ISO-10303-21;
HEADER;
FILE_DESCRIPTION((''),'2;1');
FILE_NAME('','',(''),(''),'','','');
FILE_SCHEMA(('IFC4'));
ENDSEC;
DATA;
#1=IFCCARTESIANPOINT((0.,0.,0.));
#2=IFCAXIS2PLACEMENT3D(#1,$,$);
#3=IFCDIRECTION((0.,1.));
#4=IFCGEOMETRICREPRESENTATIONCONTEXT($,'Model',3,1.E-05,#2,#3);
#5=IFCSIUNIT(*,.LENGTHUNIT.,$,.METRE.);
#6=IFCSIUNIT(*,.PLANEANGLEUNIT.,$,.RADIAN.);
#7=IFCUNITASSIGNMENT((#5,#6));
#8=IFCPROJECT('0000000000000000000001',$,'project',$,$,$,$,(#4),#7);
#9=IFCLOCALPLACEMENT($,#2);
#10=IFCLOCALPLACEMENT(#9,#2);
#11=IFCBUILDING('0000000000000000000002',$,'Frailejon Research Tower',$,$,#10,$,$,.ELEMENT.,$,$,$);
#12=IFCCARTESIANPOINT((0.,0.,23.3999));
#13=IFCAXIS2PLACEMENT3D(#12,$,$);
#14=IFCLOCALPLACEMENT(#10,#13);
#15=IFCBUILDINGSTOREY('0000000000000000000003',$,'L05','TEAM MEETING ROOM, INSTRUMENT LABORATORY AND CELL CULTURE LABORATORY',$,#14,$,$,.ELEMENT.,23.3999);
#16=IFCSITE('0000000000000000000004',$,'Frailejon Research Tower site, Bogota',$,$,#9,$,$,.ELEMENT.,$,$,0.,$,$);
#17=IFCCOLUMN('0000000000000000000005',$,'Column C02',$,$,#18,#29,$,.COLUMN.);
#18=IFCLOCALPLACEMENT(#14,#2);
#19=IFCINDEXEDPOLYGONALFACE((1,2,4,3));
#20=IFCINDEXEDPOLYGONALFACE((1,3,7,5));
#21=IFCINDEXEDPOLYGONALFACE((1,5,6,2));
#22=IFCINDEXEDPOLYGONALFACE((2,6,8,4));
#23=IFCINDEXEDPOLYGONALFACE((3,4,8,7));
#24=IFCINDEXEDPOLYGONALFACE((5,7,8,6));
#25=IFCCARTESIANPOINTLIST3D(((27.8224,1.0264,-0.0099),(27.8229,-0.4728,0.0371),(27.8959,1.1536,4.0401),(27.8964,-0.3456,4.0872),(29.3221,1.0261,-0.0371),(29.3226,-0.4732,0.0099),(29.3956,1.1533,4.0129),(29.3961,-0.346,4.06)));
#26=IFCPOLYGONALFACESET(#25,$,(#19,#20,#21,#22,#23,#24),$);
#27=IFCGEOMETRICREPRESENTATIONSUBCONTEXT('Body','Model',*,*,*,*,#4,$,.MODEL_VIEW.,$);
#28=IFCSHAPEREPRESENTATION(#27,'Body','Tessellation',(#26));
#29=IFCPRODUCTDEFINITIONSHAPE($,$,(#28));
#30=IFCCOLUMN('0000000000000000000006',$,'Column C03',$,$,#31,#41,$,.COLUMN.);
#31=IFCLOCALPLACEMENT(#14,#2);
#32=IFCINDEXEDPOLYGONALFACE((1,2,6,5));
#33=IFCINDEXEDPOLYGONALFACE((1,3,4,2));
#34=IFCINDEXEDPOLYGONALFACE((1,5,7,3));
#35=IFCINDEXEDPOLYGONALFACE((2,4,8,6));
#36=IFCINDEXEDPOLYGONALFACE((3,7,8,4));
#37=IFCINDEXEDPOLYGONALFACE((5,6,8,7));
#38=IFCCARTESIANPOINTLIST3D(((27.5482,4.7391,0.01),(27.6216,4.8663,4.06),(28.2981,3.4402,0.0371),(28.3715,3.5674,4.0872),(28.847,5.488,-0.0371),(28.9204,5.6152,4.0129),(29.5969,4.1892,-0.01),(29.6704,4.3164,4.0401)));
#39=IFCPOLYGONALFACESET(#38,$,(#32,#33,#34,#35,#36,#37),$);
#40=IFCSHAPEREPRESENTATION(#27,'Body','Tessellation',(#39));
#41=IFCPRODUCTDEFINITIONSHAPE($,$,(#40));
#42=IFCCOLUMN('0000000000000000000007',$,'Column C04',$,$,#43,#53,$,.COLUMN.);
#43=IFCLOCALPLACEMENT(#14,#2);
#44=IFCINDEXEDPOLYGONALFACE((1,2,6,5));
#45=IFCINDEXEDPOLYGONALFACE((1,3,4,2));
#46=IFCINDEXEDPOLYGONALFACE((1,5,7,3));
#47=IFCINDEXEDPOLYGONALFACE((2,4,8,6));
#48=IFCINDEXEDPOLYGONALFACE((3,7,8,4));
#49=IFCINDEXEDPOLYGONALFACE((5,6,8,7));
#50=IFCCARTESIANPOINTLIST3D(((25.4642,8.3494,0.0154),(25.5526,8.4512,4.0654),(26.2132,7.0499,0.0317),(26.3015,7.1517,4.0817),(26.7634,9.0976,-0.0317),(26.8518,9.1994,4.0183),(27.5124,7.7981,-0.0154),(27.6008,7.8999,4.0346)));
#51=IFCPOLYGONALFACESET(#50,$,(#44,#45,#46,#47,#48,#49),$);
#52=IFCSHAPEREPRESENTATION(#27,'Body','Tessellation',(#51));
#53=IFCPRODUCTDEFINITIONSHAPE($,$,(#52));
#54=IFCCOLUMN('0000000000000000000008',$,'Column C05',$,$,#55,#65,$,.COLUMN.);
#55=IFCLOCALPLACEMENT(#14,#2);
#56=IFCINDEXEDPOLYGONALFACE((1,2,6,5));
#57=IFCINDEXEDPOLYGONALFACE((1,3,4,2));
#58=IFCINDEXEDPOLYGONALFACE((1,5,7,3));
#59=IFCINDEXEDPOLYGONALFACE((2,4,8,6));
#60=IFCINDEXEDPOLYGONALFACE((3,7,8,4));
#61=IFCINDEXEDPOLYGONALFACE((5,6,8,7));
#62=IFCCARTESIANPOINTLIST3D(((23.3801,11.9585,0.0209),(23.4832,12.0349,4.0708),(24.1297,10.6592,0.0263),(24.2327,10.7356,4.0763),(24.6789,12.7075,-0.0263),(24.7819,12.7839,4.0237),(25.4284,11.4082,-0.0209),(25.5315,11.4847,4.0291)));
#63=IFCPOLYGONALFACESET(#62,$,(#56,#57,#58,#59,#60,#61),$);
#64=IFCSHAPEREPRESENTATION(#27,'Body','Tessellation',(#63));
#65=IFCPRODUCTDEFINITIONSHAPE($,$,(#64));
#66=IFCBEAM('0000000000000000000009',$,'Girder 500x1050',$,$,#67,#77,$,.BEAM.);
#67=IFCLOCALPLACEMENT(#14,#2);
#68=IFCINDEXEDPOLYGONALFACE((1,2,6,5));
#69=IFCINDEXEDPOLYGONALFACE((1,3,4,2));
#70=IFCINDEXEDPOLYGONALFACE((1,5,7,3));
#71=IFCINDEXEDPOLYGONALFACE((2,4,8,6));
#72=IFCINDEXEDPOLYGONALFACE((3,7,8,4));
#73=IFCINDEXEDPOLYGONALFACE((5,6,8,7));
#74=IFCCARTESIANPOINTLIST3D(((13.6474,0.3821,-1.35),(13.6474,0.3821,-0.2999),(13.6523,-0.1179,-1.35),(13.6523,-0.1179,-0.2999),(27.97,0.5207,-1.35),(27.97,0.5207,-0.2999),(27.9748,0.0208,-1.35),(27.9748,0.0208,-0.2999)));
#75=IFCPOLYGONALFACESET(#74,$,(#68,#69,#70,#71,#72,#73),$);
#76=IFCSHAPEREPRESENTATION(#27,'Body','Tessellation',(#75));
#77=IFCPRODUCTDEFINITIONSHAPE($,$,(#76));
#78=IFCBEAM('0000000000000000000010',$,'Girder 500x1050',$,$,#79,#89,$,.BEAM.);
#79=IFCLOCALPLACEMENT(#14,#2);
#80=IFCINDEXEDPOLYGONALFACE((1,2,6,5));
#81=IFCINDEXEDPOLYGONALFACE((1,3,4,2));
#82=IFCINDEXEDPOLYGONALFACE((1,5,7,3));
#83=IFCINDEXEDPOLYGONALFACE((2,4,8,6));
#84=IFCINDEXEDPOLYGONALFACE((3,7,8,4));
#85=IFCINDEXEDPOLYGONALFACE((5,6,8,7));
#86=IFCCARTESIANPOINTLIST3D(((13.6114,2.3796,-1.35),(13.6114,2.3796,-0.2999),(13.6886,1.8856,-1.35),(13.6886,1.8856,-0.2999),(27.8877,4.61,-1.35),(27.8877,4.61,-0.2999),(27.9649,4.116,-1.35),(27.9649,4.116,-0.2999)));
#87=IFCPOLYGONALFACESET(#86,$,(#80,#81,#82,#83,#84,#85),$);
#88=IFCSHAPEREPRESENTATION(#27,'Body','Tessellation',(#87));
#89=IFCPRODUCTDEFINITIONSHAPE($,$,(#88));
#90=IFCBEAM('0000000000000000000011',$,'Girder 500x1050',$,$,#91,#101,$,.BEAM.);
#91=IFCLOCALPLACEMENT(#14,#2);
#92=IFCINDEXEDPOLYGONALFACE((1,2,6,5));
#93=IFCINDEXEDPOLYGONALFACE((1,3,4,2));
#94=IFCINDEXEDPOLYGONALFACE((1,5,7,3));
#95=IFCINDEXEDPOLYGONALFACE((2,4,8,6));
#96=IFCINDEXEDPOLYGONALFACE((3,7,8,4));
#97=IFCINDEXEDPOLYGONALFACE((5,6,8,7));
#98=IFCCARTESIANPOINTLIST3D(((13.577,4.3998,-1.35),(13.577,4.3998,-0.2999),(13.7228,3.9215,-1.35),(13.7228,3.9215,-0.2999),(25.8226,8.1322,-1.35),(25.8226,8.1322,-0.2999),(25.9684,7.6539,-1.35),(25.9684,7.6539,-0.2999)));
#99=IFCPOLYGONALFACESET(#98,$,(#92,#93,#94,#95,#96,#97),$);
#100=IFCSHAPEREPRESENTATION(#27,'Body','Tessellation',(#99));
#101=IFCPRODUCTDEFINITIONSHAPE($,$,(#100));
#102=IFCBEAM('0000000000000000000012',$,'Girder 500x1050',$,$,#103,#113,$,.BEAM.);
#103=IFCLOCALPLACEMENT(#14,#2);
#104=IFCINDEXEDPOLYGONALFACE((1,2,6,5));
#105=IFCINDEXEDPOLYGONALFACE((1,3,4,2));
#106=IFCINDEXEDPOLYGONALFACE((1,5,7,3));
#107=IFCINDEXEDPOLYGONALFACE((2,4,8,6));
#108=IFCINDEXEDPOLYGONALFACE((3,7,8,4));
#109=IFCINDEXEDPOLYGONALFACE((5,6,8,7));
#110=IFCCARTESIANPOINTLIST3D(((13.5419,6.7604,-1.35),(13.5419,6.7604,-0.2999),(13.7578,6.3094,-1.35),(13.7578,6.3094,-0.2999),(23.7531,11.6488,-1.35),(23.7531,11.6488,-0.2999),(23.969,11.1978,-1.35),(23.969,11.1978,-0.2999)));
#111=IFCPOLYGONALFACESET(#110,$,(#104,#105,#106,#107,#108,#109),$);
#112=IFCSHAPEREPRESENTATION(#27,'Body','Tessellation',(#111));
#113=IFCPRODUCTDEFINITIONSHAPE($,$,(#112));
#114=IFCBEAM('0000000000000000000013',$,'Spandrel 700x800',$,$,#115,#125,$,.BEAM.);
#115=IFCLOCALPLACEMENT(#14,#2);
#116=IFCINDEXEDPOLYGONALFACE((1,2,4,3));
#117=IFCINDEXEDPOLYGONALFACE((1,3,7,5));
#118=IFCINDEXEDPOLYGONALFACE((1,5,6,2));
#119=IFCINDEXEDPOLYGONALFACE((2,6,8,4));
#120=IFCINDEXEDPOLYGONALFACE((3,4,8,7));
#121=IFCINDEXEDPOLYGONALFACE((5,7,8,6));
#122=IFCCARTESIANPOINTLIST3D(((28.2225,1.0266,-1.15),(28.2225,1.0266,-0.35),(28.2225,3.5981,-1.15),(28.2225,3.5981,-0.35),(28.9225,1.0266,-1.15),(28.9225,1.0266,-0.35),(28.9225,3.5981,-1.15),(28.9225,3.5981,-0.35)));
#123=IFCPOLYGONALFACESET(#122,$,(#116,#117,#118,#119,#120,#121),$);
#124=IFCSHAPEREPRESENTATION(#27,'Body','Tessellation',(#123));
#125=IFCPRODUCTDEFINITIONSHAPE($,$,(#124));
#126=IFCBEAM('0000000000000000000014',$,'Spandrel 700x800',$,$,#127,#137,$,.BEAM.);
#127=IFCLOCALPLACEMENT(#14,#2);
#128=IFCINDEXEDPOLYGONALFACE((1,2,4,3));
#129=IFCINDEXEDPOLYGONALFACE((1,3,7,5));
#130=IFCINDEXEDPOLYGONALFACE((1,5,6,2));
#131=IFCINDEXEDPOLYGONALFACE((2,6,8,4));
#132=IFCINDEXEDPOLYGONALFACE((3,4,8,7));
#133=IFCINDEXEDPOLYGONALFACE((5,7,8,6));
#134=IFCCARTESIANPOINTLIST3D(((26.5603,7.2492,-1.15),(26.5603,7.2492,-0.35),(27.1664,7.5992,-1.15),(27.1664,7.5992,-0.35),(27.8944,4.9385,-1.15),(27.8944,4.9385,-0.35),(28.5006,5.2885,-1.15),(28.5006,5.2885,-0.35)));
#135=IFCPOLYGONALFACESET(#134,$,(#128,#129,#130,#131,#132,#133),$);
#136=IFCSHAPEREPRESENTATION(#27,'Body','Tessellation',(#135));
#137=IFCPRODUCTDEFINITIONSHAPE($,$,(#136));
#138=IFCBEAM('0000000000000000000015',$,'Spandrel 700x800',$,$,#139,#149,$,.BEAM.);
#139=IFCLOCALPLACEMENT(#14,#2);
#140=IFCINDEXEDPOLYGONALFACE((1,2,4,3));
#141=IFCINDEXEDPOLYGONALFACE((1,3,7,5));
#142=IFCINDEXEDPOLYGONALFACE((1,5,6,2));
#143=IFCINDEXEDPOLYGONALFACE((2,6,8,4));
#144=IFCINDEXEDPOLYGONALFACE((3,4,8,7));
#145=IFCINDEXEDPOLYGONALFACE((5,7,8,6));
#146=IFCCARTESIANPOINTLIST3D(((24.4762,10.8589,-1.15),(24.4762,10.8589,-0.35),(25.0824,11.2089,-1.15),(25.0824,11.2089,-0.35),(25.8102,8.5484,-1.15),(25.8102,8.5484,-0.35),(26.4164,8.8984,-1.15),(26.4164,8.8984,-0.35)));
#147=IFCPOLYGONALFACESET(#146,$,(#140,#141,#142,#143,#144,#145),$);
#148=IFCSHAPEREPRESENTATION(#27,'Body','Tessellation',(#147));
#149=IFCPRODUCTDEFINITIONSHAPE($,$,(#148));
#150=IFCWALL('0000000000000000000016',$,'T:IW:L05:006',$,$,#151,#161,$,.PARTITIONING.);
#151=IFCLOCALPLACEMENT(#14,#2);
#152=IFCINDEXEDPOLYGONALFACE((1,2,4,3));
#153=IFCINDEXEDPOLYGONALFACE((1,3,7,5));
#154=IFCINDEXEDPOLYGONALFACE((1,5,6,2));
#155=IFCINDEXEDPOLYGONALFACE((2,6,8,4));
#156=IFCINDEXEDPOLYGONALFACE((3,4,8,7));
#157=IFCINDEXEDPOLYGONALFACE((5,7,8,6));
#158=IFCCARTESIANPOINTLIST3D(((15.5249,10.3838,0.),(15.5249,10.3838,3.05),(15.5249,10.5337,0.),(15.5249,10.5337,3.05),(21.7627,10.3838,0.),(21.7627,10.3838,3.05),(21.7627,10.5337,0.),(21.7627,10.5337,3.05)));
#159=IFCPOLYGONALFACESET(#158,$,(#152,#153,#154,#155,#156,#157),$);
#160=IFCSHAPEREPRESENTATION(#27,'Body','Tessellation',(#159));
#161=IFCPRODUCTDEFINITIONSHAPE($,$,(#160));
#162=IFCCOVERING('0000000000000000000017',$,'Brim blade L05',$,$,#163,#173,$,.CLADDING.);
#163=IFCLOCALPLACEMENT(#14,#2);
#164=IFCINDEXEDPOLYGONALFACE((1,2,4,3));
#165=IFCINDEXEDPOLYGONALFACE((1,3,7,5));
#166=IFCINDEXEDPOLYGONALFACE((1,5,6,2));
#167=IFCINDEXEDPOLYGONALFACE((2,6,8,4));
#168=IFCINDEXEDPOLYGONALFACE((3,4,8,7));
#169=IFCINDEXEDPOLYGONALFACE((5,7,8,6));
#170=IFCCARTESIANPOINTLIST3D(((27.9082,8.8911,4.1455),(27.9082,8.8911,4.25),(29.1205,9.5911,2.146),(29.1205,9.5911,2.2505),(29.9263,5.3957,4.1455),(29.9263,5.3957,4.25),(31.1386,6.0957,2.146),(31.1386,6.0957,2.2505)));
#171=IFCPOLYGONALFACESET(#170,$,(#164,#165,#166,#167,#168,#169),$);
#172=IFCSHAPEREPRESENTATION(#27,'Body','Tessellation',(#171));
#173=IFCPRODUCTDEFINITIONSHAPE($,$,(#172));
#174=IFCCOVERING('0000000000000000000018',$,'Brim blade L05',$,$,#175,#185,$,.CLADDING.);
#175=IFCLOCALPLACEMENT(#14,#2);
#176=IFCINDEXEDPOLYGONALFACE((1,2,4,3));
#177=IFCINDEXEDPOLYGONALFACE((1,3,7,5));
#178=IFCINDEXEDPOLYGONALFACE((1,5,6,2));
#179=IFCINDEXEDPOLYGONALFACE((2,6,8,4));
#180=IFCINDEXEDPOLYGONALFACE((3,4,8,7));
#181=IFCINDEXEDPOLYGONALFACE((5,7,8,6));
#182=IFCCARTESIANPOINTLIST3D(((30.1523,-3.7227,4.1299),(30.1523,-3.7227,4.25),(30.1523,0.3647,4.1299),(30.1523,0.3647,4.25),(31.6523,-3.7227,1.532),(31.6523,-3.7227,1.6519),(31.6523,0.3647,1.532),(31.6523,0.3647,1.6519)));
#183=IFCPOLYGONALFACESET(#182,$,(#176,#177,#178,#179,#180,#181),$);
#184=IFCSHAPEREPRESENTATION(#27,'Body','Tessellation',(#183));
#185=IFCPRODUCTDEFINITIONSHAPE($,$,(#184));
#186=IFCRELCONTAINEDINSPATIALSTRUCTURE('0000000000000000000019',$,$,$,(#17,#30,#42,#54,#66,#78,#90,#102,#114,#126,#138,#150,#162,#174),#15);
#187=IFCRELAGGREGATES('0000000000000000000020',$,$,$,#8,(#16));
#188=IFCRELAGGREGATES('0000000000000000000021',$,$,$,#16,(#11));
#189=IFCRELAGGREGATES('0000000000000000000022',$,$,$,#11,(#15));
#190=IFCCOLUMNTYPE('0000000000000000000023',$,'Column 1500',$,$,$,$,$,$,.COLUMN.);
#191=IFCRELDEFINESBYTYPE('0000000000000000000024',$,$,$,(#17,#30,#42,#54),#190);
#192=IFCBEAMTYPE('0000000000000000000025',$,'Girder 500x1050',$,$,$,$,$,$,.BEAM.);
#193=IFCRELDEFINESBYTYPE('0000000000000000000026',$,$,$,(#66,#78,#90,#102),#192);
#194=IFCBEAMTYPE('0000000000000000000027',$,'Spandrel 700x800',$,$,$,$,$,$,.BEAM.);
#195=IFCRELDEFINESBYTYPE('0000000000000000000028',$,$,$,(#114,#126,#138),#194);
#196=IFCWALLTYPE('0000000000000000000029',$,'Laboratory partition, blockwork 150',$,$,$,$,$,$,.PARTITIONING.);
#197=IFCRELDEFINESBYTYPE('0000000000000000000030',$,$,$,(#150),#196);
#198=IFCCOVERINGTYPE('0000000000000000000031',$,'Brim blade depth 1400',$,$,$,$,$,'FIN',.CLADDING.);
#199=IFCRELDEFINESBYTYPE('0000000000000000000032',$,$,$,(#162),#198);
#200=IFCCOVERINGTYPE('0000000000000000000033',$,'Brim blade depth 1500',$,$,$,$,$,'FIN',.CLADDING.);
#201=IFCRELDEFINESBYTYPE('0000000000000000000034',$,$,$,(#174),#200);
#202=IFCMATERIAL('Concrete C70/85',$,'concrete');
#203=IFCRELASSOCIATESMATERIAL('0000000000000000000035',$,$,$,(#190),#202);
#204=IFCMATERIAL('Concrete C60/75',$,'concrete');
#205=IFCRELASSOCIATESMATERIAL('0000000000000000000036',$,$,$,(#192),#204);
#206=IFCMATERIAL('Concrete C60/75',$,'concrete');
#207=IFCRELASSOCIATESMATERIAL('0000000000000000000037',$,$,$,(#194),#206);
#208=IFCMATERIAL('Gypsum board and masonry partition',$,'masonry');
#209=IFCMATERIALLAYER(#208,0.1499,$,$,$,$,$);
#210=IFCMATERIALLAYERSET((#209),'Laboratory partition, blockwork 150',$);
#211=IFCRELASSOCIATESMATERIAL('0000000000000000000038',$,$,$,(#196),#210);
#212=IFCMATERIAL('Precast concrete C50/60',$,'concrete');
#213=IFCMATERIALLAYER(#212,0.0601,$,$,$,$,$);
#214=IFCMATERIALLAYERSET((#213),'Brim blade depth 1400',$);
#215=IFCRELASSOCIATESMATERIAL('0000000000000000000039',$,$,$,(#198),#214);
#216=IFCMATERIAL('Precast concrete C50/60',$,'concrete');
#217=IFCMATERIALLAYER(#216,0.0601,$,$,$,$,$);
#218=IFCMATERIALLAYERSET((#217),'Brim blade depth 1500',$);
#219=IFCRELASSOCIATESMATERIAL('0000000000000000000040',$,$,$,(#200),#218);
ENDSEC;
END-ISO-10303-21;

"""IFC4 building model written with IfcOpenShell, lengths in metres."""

from ifc_helpers import new_model, si_unit, direction, frame, frame_2d, origin, origin_2d, place, context, subcontext, project, spatial, polyline, rectangle, outline, extrude, material, layer, layer_set, material_profile, profile_set, type_object, element, save


model = new_model("IFC4")

# Units and contexts
model_context = context("Model", 3, precision=1e-05, world=origin(), true_north=direction((0.0, 1.0)))
body_context = subcontext(model_context, "Body", "Model", "MODEL_VIEW")
ifc_project = project(units=[si_unit("LENGTHUNIT", "METRE"), si_unit("PLANEANGLEUNIT", "RADIAN")], contexts=[model_context])

# Site, building, storey
site_placement = place(None, origin())
site = spatial("IfcSite", under=ifc_project, at=site_placement, Name="Frailejon Research Tower site, Bogota", CompositionType="ELEMENT", RefElevation=0.0)
building_placement = place(site_placement, origin())
building = spatial("IfcBuilding", under=site, at=building_placement, Name="Frailejon Research Tower", CompositionType="ELEMENT")
storey_placement = place(building_placement, frame((0.0, 0.0, 23.3999)))
storey = spatial("IfcBuildingStorey", under=building, at=storey_placement, Name="L05", Description="TEAM MEETING ROOM, INSTRUMENT LABORATORY AND CELL CULTURE LABORATORY", CompositionType="ELEMENT", Elevation=23.3999)

# Columns
ifc_material_1 = material(Name="Concrete C70/85", Category="concrete")
ifc_material_profile_1 = material_profile(ifc_material_1, rectangle(XDim=1.5, YDim=1.5, at=origin_2d()), Name="Column 1500")
ifc_profile_set_1 = profile_set([ifc_material_profile_1], Name="Concrete C70/85")
column_type = type_object("IfcColumnType", Name="Column 1500", PredefinedType="COLUMN", material=ifc_profile_set_1)
for number, where, z_axis, x_axis, name in (
    (1, (28.5725, 0.2766, 0.0), (0.018133, 0.031386, 0.999343), (-0.000336, 0.999507, -0.031385), "Column C02"),
    (2, (28.5725, 4.4641, 0.0), (0.018133, 0.031386, 0.999343), (-0.499939, 0.865871, -0.018123), "Column C03"),
):
    element("IfcColumn", number, at=place(storey_placement, frame(where, z_axis=z_axis, x_axis=x_axis)), inside=storey, type_object=column_type, Name=name, PredefinedType="COLUMN", context=body_context, shape_type="SweptSolid", body=[
        extrude(rectangle(XDim=1.5, YDim=1.5, at=origin_2d()), origin(), (0.0, 0.0, 1.0), 4.0527),
    ])
column_1_placement = place(storey_placement, frame((26.4883, 8.0737, 0.0), z_axis=(0.02181, 0.025123, 0.999446), x_axis=(-0.499317, 0.866351, -0.010882)))
element("IfcColumn", 3, at=column_1_placement, inside=storey, type_object=column_type, Name="Column C04", PredefinedType="COLUMN", context=body_context, shape_type="SweptSolid", body=[
    extrude(rectangle(XDim=1.5, YDim=1.5, at=origin_2d()), origin(), (0.0, 0.0, 1.0), 4.0522),
])
column_2_placement = place(storey_placement, frame((24.4043, 11.6833, 0.0), z_axis=(0.025426, 0.018858, 0.999499), x_axis=(-0.49971, 0.866185, -0.003631)))
element("IfcColumn", 4, at=column_2_placement, inside=storey, type_object=column_type, Name="Column C05", PredefinedType="COLUMN", context=body_context, shape_type="SweptSolid", body=[
    extrude(rectangle(XDim=1.5, YDim=1.5, at=origin_2d()), origin(), (0.0, 0.0, 1.0), 4.052),
])

# Beams
ifc_material_2 = material(Name="Concrete C60/75", Category="concrete")
ifc_material_profile_2 = material_profile(ifc_material_2, rectangle(XDim=0.5, YDim=1.05, at=origin_2d()), Name="Girder 500x1050")
ifc_profile_set_2 = profile_set([ifc_material_profile_2], Name="Concrete C60/75")
beam_type_1 = type_object("IfcBeamType", Name="Girder 500x1050", PredefinedType="BEAM", material=ifc_profile_set_2)
beam_1_placement = place(storey_placement, frame((27.9724, 0.2708, -0.825), z_axis=(-0.999953, -0.009682, 0.0), x_axis=(0.009682, -0.999953, 0.0)))
element("IfcBeam", 5, at=beam_1_placement, inside=storey, type_object=beam_type_1, Name="Girder 500x1050", PredefinedType="BEAM", context=body_context, shape_type="SweptSolid", body=[
    extrude(rectangle(XDim=0.5, YDim=1.05, at=origin_2d()), origin(), (0.0, 0.0, 1.0), 14.3232),
])
beam_2_placement = place(storey_placement, frame((27.9263, 4.363, -0.825), z_axis=(-0.988014, -0.154362, 0.0), x_axis=(0.154362, -0.988014, 0.0)))
element("IfcBeam", 6, at=beam_2_placement, inside=storey, type_object=beam_type_1, Name="Girder 500x1050", PredefinedType="BEAM", context=body_context, shape_type="SweptSolid", body=[
    extrude(rectangle(XDim=0.5, YDim=1.05, at=origin_2d()), origin(), (0.0, 0.0, 1.0), 14.4495),
])
beam_3_placement = place(storey_placement, frame((25.8955, 7.8931, -0.825), z_axis=(-0.956554, -0.291555, 0.0), x_axis=(0.291555, -0.956554, 0.0)))
element("IfcBeam", 7, at=beam_3_placement, inside=storey, type_object=beam_type_1, Name="Girder 500x1050", PredefinedType="BEAM", context=body_context, shape_type="SweptSolid", body=[
    extrude(rectangle(XDim=0.5, YDim=1.05, at=origin_2d()), origin(), (0.0, 0.0, 1.0), 12.8018),
])
beam_4_placement = place(storey_placement, frame((23.8611, 11.4233, -0.825), z_axis=(-0.901968, -0.431802, 0.0), x_axis=(0.431802, -0.901968, 0.0)))
element("IfcBeam", 8, at=beam_4_placement, inside=storey, type_object=beam_type_1, Name="Girder 500x1050", PredefinedType="BEAM", context=body_context, shape_type="SweptSolid", body=[
    extrude(rectangle(XDim=0.5, YDim=1.05, at=origin_2d()), origin(), (0.0, 0.0, 1.0), 11.321),
])
ifc_material_3 = material(Name="Concrete C60/75", Category="concrete")
ifc_material_profile_3 = material_profile(ifc_material_3, rectangle(XDim=0.7, YDim=0.8, at=origin_2d()), Name="Spandrel 700x800")
ifc_profile_set_3 = profile_set([ifc_material_profile_3], Name="Concrete C60/75")
beam_type_2 = type_object("IfcBeamType", Name="Spandrel 700x800", PredefinedType="BEAM", material=ifc_profile_set_3)
beam_5_placement = place(storey_placement, frame((28.5725, 1.0266, -0.75), z_axis=(0.0, 1.0, 0.0), x_axis=(-1.0, 0.0, 0.0)))
element("IfcBeam", 9, at=beam_5_placement, inside=storey, type_object=beam_type_2, Name="Spandrel 700x800", PredefinedType="BEAM", context=body_context, shape_type="SweptSolid", body=[
    extrude(rectangle(XDim=0.7, YDim=0.8, at=origin_2d()), origin(), (0.0, 0.0, 1.0), 2.5715),
])
beam_6_placement = place(storey_placement, frame((28.1975, 5.1135, -0.75), z_axis=(-0.500026, 0.86601, 0.0), x_axis=(-0.86601, -0.500026, 0.0)))
element("IfcBeam", 10, at=beam_6_placement, inside=storey, type_object=beam_type_2, Name="Spandrel 700x800", PredefinedType="BEAM", context=body_context, shape_type="SweptSolid", body=[
    extrude(rectangle(XDim=0.7, YDim=0.8, at=origin_2d()), origin(), (0.0, 0.0, 1.0), 2.6682),
])
beam_7_placement = place(storey_placement, frame((26.1133, 8.7234, -0.75), z_axis=(-0.499997, 0.866027, 0.0), x_axis=(-0.866027, -0.499997, 0.0)))
element("IfcBeam", 11, at=beam_7_placement, inside=storey, type_object=beam_type_2, Name="Spandrel 700x800", PredefinedType="BEAM", context=body_context, shape_type="SweptSolid", body=[
    extrude(rectangle(XDim=0.7, YDim=0.8, at=origin_2d()), origin(), (0.0, 0.0, 1.0), 2.668),
])

# Wall
ifc_material_4 = material(Name="Gypsum board and masonry partition", Category="masonry")
ifc_layer_1 = layer(ifc_material_4, 0.1499)
ifc_layer_set_1 = layer_set([ifc_layer_1], Name="Laboratory partition, blockwork 150")
wall_type_1 = type_object("IfcWallType", Name="Laboratory partition, blockwork 150", PredefinedType="PARTITIONING", material=ifc_layer_set_1)
wall_1_placement = place(storey_placement, frame((15.5249, 10.4587, 0.0), z_axis=(0.0, 0.0, 1.0), x_axis=(1.0, 0.0, 0.0)))
element("IfcWall", 12, at=wall_1_placement, inside=storey, type_object=wall_type_1, Name="T:IW:L05:006", PredefinedType="PARTITIONING", context=body_context, shape_type="SweptSolid", body=[
    extrude(rectangle(XDim=6.2378, YDim=0.1499, at=frame_2d((3.1189, 0.0))), origin(), (0.0, 0.0, 1.0), 3.05),
])

# Coverings
ifc_material_5 = material(Name="Precast concrete C50/60", Category="concrete")
ifc_layer_2 = layer(ifc_material_5, 0.0601)
ifc_layer_set_2 = layer_set([ifc_layer_2], Name="Brim blade depth 1400")
covering_type_1 = type_object("IfcCoveringType", Name="Brim blade depth 1400", ElementType="FIN", PredefinedType="CLADDING", material=ifc_layer_set_2)
covering_1_placement = place(storey_placement, frame((27.9082, 8.8911, 4.25), z_axis=(0.500006, -0.866022, 0.0), x_axis=(0.866022, 0.500006, 0.0)))
element("IfcCovering", 13, at=covering_1_placement, inside=storey, type_object=covering_type_1, Name="Brim blade L05", PredefinedType="CLADDING", context=body_context, shape_type="SweptSolid", body=[
    extrude(outline(polyline([(0.0, -0.1045), (1.3999, -2.104), (1.3999, -1.9995), (0.0, 0.0), (0.0, -0.1045)])), origin(), (0.0, 0.0, 1.0), 4.0361),
])
ifc_material_6 = material(Name="Precast concrete C50/60", Category="concrete")
ifc_layer_3 = layer(ifc_material_6, 0.0601)
ifc_layer_set_3 = layer_set([ifc_layer_3], Name="Brim blade depth 1500")
covering_type_2 = type_object("IfcCoveringType", Name="Brim blade depth 1500", ElementType="FIN", PredefinedType="CLADDING", material=ifc_layer_set_3)
covering_2_placement = place(storey_placement, frame((30.1523, 0.3647, 4.25), z_axis=(0.0, -1.0, 0.0), x_axis=(1.0, 0.0, 0.0)))
element("IfcCovering", 14, at=covering_2_placement, inside=storey, type_object=covering_type_2, Name="Brim blade L05", PredefinedType="CLADDING", context=body_context, shape_type="SweptSolid", body=[
    extrude(outline(polyline([(0.0, -0.1201), (1.5, -2.718), (1.5, -2.5981), (0.0, 0.0), (0.0, -0.1201)])), origin(), (0.0, 0.0, 1.0), 4.0874),
])

save(model, "model.ifc")
